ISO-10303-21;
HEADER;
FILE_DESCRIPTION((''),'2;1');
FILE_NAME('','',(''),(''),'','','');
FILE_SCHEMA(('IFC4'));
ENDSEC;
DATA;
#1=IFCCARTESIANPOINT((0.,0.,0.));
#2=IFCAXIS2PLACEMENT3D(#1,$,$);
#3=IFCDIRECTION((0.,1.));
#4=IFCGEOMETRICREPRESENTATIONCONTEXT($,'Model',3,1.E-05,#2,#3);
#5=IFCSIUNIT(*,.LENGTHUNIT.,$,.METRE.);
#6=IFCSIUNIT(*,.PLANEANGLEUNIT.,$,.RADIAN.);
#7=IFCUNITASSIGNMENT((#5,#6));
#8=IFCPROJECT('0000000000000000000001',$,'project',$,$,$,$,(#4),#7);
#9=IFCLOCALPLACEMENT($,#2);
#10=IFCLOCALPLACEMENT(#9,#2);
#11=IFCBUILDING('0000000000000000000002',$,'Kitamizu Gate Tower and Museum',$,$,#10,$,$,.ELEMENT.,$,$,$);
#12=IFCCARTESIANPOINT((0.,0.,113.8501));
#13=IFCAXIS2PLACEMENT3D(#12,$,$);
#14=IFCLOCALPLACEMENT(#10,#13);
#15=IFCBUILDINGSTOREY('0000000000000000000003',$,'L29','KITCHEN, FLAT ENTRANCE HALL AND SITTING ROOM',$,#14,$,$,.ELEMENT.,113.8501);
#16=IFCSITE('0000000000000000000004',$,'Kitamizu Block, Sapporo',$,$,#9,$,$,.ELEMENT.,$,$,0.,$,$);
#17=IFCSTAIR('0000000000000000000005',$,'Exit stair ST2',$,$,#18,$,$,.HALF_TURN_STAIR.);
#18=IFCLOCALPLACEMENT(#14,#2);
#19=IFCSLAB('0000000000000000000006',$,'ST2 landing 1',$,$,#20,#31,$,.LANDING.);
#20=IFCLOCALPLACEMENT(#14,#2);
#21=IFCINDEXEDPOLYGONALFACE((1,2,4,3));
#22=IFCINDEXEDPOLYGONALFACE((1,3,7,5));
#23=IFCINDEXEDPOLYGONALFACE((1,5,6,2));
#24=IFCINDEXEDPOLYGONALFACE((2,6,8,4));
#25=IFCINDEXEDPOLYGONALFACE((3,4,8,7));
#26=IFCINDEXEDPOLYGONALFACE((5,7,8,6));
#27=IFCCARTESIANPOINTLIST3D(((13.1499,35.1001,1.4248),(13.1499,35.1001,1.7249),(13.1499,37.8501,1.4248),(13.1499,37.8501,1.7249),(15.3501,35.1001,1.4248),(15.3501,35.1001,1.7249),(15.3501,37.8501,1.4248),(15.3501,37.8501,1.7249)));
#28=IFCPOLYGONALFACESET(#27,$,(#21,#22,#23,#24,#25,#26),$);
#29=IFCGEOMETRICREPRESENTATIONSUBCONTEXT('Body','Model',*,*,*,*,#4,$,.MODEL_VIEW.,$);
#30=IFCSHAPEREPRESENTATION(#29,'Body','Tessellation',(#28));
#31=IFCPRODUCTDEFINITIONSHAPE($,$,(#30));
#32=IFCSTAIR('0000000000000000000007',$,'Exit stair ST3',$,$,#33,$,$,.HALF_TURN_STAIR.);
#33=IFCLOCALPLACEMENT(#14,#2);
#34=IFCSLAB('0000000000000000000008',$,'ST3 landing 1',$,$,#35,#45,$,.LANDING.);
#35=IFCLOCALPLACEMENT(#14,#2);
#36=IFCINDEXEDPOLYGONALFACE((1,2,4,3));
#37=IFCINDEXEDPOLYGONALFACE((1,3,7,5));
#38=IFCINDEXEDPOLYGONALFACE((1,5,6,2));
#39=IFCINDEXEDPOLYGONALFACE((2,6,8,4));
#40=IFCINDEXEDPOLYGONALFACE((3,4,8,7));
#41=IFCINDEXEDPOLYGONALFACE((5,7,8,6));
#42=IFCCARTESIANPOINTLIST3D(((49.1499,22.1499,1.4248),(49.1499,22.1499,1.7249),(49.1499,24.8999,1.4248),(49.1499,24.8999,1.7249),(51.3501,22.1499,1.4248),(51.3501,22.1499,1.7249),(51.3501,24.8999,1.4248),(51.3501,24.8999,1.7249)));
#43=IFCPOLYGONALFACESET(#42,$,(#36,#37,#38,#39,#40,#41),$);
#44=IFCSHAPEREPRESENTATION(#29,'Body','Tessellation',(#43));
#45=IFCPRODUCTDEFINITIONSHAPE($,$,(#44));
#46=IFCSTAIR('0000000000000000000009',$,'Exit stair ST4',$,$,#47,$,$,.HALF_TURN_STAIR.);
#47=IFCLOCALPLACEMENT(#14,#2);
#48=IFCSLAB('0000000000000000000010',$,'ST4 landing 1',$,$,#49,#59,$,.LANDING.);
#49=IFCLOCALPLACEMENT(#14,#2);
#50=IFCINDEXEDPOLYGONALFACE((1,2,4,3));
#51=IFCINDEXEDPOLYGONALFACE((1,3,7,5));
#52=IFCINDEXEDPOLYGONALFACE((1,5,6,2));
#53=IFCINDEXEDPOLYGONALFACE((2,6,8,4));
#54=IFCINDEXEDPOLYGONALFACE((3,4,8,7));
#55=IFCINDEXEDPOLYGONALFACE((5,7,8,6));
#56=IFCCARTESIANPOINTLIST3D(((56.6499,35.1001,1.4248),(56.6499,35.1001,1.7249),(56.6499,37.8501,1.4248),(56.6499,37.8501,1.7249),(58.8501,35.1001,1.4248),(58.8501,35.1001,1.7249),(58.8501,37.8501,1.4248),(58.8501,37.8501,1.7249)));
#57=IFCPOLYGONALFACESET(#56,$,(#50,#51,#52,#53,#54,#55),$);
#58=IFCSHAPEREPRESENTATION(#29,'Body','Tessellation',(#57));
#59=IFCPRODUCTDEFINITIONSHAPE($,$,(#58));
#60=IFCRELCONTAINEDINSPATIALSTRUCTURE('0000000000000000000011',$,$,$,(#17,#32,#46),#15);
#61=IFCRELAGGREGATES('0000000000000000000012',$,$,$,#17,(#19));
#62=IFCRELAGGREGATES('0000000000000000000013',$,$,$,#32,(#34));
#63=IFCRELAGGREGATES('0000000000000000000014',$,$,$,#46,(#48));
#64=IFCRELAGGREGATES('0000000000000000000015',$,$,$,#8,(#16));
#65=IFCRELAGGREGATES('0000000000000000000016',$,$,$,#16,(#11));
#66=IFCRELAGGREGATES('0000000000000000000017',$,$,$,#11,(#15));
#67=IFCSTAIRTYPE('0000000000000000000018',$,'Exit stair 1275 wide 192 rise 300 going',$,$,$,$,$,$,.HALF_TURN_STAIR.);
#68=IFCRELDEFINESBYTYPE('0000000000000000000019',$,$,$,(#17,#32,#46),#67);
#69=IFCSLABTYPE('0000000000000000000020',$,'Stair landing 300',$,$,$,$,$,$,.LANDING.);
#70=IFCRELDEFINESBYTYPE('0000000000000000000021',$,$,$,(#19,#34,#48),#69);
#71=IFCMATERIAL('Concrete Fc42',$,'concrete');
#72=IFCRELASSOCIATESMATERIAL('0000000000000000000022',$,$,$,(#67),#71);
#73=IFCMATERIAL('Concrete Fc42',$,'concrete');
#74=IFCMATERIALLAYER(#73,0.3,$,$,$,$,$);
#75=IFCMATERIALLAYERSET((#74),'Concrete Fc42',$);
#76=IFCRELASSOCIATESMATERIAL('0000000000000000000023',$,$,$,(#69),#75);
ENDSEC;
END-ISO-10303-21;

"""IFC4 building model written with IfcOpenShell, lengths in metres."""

from ifc_helpers import new_model, si_unit, direction, frame, origin, place, context, subcontext, project, spatial, polyline, outline, extrude, material, layer, layer_set, type_object, element, aggregate, save


model = new_model("IFC4")

# Units and contexts
model_context = context("Model", 3, precision=1e-05, world=origin(), true_north=direction((0.0, 1.0)))
body_context = subcontext(model_context, "Body", "Model", "MODEL_VIEW")
ifc_project = project(units=[si_unit("LENGTHUNIT", "METRE"), si_unit("PLANEANGLEUNIT", "RADIAN")], contexts=[model_context])

# Site, building, storey
site_placement = place(None, origin())
site = spatial("IfcSite", under=ifc_project, at=site_placement, Name="Kitamizu Block, Sapporo", CompositionType="ELEMENT", RefElevation=0.0)
building_placement = place(site_placement, origin())
building = spatial("IfcBuilding", under=site, at=building_placement, Name="Kitamizu Gate Tower and Museum", CompositionType="ELEMENT")
storey_placement = place(building_placement, frame((0.0, 0.0, 113.8501)))
storey = spatial("IfcBuildingStorey", under=building, at=storey_placement, Name="L29", Description="KITCHEN, FLAT ENTRANCE HALL AND SITTING ROOM", CompositionType="ELEMENT", Elevation=113.8501)

# Stairs, slabs
ifc_material_1 = material(Name="Concrete Fc42", Category="concrete")
stair_type = type_object("IfcStairType", Name="Exit stair 1275 wide 192 rise 300 going", PredefinedType="HALF_TURN_STAIR", material=ifc_material_1)
ifc_material_2 = material(Name="Concrete Fc42", Category="concrete")
ifc_layer_1 = layer(ifc_material_2, 0.3)
ifc_layer_set_1 = layer_set([ifc_layer_1], Name="Concrete Fc42")
slab_type_1 = type_object("IfcSlabType", Name="Stair landing 300", PredefinedType="LANDING", material=ifc_layer_set_1)
stair_1_placement = place(storey_placement, origin())
stair_1 = element("IfcStair", 1, at=stair_1_placement, inside=storey, type_object=stair_type, Name="Exit stair ST2", PredefinedType="HALF_TURN_STAIR")
slab_1_placement = place(storey_placement, frame((0.0, 0.0, 1.4248)))
slab_1 = element("IfcSlab", 2, at=slab_1_placement, type_object=slab_type_1, Name="ST2 landing 1", PredefinedType="LANDING", context=body_context, shape_type="SweptSolid", body=[
    extrude(outline(polyline([(13.1499, 35.1001), (15.3501, 35.1001), (15.3501, 37.8501), (13.1499, 37.8501), (13.1499, 35.1001)])), origin(), (0.0, 0.0, 1.0), 0.3),
])
aggregate(stair_1, [slab_1])
stair_2_placement = place(storey_placement, origin())
stair_2 = element("IfcStair", 3, at=stair_2_placement, inside=storey, type_object=stair_type, Name="Exit stair ST3", PredefinedType="HALF_TURN_STAIR")
slab_2_placement = place(storey_placement, frame((0.0, 0.0, 1.4248)))
slab_2 = element("IfcSlab", 4, at=slab_2_placement, type_object=slab_type_1, Name="ST3 landing 1", PredefinedType="LANDING", context=body_context, shape_type="SweptSolid", body=[
    extrude(outline(polyline([(49.1499, 22.1499), (51.3501, 22.1499), (51.3501, 24.8999), (49.1499, 24.8999), (49.1499, 22.1499)])), origin(), (0.0, 0.0, 1.0), 0.3),
])
aggregate(stair_2, [slab_2])
stair_3_placement = place(storey_placement, origin())
stair_3 = element("IfcStair", 5, at=stair_3_placement, inside=storey, type_object=stair_type, Name="Exit stair ST4", PredefinedType="HALF_TURN_STAIR")
slab_3_placement = place(storey_placement, frame((0.0, 0.0, 1.4248)))
slab_3 = element("IfcSlab", 6, at=slab_3_placement, type_object=slab_type_1, Name="ST4 landing 1", PredefinedType="LANDING", context=body_context, shape_type="SweptSolid", body=[
    extrude(outline(polyline([(56.6499, 35.1001), (58.8501, 35.1001), (58.8501, 37.8501), (56.6499, 37.8501), (56.6499, 35.1001)])), origin(), (0.0, 0.0, 1.0), 0.3),
])
aggregate(stair_3, [slab_3])

save(model, "model.ifc")
